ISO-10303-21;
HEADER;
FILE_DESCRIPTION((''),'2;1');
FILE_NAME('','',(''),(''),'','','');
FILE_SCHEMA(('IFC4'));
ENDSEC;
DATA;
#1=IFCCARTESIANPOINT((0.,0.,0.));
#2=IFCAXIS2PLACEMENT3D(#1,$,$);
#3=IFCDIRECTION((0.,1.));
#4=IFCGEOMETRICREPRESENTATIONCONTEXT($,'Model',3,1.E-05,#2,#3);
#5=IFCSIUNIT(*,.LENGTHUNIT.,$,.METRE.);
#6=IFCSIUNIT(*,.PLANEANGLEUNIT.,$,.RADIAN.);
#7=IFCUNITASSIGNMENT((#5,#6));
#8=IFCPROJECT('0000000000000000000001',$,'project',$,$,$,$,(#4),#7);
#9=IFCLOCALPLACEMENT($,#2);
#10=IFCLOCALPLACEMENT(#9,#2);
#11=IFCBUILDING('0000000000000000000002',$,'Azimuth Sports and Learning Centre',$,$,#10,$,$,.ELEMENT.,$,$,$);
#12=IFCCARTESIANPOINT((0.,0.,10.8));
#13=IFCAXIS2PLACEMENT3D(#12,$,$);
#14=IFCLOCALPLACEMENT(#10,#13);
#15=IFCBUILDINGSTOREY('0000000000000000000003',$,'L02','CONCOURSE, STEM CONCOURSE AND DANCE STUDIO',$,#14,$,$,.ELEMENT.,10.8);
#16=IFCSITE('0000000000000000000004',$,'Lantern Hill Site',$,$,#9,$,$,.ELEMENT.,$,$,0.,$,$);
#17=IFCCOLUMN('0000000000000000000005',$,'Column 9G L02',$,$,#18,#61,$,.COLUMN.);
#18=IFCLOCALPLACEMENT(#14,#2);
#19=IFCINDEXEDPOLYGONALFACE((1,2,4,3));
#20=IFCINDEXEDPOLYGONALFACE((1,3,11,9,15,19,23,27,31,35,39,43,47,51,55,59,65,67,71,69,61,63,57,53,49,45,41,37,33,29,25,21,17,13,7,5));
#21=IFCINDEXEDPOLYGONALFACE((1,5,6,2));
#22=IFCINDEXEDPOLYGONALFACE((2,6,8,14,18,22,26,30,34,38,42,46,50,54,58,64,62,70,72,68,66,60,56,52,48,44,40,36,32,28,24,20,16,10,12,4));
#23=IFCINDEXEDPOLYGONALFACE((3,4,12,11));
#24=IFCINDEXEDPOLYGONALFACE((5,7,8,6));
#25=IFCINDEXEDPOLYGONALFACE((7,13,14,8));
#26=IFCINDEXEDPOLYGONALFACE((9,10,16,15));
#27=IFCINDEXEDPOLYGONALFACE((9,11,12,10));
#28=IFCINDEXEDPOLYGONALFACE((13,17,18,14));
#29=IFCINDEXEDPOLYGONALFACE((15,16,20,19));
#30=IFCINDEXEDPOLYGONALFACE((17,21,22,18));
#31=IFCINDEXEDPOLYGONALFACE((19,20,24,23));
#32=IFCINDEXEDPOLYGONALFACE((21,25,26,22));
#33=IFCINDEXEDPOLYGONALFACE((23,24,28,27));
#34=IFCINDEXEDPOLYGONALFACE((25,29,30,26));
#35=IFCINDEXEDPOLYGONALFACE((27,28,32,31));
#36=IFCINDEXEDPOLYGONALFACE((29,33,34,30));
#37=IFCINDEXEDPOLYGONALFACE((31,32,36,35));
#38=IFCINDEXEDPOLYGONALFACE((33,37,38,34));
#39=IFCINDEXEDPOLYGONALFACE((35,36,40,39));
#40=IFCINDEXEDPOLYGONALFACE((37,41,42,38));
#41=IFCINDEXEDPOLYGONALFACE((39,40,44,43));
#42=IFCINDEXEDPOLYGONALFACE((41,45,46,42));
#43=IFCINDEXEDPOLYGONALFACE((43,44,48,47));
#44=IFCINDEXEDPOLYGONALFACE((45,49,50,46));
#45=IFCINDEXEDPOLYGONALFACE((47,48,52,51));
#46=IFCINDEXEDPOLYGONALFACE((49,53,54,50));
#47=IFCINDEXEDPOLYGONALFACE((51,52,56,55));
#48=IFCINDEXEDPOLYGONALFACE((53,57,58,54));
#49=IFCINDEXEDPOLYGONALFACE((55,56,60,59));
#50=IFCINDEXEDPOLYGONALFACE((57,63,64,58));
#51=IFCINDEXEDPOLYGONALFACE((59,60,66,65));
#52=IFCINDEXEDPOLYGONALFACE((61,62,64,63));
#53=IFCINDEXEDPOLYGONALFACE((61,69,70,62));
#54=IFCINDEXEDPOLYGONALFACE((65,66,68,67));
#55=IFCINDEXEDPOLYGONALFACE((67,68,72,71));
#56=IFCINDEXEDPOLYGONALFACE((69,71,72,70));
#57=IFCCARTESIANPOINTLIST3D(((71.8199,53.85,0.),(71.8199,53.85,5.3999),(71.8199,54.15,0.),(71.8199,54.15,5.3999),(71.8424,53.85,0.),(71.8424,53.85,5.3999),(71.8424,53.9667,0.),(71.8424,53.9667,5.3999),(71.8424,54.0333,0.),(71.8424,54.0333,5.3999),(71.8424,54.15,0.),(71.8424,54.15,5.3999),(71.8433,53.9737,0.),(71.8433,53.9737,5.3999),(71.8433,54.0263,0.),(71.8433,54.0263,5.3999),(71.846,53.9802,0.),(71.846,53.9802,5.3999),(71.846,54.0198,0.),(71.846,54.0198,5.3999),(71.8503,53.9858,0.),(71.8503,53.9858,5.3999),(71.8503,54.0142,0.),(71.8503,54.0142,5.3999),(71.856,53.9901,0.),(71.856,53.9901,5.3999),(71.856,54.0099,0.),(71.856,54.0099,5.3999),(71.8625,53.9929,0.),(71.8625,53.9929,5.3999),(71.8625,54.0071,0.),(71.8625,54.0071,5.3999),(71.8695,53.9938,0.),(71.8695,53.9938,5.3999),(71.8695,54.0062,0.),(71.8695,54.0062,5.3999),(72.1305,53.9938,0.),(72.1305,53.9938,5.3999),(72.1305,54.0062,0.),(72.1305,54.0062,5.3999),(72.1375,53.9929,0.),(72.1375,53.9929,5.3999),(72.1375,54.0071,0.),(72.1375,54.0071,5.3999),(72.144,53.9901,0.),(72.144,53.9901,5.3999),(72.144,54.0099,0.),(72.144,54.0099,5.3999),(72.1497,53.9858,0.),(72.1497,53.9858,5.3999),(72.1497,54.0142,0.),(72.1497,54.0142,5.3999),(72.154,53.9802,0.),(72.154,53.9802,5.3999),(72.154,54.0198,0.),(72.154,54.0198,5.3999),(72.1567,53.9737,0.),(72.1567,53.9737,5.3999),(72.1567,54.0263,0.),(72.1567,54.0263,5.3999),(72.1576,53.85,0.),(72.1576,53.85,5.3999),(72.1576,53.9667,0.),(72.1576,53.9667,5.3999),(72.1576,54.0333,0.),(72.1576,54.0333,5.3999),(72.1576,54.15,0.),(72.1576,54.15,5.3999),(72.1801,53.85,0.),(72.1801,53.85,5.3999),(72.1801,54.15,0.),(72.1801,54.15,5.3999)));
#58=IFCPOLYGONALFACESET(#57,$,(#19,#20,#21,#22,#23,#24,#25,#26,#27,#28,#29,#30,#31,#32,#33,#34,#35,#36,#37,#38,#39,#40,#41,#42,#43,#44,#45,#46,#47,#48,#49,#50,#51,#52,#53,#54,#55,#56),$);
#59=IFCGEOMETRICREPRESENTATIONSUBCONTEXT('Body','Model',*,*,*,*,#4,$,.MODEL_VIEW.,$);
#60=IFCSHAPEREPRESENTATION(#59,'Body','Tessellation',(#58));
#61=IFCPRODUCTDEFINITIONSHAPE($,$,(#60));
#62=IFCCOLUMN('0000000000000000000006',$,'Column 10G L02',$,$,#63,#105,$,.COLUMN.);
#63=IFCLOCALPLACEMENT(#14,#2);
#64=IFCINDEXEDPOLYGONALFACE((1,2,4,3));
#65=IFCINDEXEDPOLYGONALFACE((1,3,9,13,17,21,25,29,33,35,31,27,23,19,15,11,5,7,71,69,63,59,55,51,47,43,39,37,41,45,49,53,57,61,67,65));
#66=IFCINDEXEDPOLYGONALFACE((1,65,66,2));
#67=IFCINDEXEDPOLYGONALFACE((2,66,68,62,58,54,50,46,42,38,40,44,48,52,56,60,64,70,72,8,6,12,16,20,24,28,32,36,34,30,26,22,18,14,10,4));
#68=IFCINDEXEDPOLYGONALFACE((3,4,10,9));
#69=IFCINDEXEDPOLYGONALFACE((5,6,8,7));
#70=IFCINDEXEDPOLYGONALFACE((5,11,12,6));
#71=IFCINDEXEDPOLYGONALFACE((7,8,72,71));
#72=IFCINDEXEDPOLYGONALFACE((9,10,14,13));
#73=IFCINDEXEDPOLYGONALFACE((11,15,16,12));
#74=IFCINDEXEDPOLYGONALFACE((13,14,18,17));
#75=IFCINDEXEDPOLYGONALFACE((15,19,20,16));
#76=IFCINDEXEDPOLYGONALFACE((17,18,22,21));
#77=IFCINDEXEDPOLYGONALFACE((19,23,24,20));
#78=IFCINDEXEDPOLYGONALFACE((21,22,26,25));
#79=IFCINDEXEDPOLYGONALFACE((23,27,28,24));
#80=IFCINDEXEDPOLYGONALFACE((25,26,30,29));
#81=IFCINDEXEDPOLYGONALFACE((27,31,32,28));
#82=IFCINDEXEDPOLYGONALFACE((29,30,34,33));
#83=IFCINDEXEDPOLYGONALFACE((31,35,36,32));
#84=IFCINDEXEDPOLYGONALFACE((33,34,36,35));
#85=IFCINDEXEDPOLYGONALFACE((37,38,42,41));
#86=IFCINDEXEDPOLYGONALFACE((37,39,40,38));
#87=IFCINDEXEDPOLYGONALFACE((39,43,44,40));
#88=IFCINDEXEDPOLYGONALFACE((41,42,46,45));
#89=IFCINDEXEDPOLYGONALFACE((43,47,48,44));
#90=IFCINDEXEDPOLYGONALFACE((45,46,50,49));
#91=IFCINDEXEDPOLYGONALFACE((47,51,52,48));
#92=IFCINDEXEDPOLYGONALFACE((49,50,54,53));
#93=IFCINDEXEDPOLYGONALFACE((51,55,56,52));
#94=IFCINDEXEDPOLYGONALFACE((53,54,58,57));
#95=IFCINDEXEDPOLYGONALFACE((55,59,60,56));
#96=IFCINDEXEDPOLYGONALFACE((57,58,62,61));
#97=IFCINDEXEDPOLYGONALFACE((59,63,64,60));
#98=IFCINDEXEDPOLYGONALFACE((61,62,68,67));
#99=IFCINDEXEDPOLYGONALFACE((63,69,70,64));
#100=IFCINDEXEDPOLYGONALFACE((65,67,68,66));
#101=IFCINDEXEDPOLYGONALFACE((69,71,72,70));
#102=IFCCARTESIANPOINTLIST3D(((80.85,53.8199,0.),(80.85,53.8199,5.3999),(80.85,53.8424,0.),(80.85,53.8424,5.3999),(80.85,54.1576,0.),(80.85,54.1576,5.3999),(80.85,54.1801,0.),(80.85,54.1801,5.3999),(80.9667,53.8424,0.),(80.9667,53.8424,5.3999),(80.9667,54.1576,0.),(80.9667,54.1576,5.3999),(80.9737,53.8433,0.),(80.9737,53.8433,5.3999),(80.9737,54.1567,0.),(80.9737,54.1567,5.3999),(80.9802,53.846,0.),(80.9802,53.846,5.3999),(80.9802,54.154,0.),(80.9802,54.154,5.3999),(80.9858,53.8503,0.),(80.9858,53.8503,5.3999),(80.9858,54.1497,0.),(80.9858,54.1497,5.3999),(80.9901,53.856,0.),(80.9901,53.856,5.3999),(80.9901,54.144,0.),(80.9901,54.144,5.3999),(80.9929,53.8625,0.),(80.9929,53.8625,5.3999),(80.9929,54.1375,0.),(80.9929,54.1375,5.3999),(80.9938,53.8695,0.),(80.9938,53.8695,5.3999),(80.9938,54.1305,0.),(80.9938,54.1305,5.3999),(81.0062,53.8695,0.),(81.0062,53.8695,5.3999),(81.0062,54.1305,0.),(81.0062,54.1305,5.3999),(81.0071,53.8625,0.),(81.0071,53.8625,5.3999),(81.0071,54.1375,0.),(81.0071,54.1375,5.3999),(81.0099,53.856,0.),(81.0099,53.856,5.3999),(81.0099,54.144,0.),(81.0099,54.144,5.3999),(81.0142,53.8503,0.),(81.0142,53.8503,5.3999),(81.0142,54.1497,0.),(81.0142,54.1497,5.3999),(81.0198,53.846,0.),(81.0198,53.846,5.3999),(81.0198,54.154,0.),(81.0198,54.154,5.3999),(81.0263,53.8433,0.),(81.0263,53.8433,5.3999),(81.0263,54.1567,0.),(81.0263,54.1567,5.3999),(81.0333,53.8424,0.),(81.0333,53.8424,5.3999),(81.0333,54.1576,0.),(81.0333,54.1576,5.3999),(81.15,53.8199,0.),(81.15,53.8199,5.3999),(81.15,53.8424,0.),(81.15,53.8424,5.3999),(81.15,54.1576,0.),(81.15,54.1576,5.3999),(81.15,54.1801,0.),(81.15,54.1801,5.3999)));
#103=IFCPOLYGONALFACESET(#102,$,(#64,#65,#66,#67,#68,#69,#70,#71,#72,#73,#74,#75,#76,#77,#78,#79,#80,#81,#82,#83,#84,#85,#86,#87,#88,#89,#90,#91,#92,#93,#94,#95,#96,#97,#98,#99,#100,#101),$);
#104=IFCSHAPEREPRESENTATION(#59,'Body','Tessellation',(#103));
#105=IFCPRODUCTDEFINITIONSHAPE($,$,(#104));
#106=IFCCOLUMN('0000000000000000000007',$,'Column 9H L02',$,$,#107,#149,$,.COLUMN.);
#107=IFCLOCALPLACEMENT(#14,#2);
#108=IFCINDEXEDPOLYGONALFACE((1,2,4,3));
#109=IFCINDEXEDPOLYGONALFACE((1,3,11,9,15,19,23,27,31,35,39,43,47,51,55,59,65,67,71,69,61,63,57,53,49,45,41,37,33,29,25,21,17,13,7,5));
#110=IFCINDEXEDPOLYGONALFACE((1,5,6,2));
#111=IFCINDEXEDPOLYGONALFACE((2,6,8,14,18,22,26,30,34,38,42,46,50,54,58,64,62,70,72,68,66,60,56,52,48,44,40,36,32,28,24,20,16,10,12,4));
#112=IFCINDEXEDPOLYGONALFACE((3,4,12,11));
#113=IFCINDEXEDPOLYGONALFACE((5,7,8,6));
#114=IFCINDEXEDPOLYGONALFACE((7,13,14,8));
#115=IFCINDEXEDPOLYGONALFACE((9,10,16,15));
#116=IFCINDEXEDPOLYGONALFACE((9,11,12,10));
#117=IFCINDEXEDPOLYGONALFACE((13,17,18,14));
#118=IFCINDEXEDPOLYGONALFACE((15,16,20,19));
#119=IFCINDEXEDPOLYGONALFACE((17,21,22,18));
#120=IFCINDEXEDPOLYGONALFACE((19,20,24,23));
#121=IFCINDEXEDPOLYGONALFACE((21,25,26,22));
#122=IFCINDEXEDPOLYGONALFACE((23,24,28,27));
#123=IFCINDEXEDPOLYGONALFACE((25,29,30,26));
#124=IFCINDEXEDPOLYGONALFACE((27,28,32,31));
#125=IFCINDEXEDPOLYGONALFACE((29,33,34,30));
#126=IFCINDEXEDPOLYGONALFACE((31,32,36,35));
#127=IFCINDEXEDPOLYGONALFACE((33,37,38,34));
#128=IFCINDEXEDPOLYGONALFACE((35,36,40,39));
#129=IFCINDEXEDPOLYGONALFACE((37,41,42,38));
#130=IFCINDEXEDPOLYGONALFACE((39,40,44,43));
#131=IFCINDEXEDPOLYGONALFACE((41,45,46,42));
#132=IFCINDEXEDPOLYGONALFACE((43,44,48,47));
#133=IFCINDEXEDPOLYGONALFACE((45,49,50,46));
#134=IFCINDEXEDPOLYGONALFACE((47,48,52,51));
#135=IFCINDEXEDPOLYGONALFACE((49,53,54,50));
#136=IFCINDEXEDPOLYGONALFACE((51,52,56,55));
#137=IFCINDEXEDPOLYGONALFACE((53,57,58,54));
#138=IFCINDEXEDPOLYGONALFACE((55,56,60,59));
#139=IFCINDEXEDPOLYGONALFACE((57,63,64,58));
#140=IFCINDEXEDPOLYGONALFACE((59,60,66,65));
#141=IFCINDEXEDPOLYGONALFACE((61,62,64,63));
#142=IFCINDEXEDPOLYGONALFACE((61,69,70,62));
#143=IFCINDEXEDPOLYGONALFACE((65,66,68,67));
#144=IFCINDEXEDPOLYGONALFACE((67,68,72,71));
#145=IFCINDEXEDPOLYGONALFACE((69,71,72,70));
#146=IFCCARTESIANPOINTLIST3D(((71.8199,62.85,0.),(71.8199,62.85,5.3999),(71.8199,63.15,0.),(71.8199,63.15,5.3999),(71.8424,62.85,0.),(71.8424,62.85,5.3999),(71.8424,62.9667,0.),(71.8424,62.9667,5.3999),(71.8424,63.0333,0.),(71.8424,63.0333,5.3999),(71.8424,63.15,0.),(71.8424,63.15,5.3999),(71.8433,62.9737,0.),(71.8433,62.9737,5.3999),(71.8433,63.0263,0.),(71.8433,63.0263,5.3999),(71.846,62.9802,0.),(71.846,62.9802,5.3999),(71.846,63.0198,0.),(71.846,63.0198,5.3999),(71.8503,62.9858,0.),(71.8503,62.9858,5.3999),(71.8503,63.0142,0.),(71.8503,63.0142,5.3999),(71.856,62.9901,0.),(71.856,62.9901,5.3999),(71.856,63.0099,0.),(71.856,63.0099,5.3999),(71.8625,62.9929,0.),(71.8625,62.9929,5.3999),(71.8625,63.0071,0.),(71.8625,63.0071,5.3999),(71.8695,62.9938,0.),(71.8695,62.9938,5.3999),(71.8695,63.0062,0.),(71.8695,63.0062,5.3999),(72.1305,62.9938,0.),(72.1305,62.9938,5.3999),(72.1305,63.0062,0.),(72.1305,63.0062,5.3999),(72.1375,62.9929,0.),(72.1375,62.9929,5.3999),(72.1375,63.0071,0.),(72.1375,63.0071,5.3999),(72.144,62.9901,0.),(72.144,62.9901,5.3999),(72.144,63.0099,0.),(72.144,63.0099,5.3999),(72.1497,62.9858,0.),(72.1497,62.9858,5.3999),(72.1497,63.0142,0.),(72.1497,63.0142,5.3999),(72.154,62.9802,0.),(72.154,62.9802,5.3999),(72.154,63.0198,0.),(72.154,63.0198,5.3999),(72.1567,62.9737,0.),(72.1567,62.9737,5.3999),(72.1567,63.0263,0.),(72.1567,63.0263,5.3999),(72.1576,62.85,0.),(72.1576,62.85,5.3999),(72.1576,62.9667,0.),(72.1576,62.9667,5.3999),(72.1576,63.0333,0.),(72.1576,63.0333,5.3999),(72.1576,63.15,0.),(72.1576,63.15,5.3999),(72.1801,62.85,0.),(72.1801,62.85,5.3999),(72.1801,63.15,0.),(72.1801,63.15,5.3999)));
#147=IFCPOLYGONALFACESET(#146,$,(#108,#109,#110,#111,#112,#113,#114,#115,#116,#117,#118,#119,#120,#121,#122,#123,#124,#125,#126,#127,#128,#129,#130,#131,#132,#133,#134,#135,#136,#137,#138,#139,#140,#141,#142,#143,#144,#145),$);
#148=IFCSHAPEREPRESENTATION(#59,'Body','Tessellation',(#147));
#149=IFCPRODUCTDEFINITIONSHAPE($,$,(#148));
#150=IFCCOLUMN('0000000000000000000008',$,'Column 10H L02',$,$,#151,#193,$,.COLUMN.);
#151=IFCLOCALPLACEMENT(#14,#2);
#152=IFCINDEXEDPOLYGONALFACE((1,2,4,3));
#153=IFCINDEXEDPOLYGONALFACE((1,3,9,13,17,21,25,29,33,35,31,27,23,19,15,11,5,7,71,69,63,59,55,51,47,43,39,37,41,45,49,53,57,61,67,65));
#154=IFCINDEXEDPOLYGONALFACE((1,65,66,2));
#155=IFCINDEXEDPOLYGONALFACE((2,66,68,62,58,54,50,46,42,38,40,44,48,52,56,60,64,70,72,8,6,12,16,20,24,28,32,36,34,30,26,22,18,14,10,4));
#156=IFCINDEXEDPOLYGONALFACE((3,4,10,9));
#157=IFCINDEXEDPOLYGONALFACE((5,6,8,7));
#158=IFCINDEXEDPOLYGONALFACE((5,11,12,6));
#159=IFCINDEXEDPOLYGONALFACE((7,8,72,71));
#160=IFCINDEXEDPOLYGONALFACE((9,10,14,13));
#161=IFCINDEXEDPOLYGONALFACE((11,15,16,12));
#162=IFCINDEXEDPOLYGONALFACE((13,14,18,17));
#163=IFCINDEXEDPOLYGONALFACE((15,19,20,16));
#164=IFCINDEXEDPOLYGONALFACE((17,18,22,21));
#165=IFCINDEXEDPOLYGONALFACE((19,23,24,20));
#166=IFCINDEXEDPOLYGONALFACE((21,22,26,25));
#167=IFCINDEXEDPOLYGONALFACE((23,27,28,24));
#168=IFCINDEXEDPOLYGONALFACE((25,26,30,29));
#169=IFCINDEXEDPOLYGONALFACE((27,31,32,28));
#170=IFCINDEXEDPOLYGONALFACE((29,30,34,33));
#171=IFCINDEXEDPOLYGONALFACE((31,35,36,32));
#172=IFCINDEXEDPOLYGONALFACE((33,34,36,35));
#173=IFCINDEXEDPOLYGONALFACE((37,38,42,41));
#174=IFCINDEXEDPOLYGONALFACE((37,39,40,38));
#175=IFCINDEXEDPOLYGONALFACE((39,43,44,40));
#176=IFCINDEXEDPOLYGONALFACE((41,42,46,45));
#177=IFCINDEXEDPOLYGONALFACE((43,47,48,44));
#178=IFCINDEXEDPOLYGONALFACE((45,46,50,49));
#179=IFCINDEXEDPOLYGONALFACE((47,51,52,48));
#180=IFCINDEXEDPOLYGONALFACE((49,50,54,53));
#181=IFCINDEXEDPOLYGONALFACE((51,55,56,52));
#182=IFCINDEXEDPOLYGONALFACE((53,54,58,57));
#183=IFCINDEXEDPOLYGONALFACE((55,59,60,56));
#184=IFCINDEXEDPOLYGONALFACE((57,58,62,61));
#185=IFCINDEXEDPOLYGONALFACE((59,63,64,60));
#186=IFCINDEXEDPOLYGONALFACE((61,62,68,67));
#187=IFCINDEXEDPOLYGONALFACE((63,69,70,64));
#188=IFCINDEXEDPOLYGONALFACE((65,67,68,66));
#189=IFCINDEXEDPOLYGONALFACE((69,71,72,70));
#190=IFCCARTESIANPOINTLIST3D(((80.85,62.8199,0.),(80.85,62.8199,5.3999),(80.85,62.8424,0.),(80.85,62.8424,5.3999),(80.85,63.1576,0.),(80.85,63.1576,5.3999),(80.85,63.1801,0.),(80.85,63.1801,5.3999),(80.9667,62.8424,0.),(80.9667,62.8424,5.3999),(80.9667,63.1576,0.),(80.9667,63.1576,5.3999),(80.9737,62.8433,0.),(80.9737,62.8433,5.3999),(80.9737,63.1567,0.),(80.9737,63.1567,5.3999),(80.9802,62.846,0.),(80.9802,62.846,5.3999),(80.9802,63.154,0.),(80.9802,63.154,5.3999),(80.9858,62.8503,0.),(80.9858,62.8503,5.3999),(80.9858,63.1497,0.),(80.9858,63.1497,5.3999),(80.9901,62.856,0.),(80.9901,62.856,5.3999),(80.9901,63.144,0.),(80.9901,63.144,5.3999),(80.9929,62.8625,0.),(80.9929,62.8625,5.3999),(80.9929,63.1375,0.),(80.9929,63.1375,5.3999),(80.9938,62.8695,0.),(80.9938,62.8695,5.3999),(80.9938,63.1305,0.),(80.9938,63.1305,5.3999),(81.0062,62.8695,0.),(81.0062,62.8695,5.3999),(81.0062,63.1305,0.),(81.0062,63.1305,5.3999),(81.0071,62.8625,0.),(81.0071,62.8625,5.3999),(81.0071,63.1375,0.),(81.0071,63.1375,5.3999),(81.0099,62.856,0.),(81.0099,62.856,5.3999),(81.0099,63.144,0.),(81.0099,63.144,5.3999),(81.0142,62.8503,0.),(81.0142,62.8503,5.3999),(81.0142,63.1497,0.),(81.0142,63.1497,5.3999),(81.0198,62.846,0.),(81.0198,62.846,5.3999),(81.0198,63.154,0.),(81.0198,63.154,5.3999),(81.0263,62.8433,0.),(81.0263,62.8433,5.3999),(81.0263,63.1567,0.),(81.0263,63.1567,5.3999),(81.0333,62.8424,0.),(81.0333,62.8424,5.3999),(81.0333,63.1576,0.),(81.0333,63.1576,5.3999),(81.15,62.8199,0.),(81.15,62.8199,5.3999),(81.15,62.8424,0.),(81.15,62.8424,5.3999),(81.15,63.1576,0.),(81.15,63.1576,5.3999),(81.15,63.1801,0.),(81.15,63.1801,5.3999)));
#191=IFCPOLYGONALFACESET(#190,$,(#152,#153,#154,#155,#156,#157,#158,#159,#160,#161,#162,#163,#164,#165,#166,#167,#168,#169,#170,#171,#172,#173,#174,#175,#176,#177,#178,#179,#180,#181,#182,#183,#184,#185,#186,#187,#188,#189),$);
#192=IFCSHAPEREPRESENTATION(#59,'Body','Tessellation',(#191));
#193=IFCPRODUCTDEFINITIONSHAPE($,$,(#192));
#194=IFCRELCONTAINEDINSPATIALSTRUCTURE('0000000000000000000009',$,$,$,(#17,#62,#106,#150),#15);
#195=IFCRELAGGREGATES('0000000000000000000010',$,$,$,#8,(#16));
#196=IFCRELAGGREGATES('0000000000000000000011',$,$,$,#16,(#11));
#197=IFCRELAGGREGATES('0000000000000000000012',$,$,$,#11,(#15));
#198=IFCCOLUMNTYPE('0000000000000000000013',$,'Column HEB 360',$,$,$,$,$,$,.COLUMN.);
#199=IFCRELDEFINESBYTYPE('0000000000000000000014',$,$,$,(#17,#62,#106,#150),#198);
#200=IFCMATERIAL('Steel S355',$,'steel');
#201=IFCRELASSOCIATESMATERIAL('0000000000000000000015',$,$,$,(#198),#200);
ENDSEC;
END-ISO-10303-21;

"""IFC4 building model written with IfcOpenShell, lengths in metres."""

from ifc_helpers import new_model, si_unit, direction, frame, origin, origin_2d, place, context, subcontext, project, spatial, i_section, extrude, material, material_profile, profile_set, type_object, element, save


model = new_model("IFC4")

# Units and contexts
model_context = context("Model", 3, precision=1e-05, world=origin(), true_north=direction((0.0, 1.0)))
body_context = subcontext(model_context, "Body", "Model", "MODEL_VIEW")
ifc_project = project(units=[si_unit("LENGTHUNIT", "METRE"), si_unit("PLANEANGLEUNIT", "RADIAN")], contexts=[model_context])

# Site, building, storey
site_placement = place(None, origin())
site = spatial("IfcSite", under=ifc_project, at=site_placement, Name="Lantern Hill Site", CompositionType="ELEMENT", RefElevation=0.0)
building_placement = place(site_placement, origin())
building = spatial("IfcBuilding", under=site, at=building_placement, Name="Azimuth Sports and Learning Centre", CompositionType="ELEMENT")
storey_placement = place(building_placement, frame((0.0, 0.0, 10.8)))
storey = spatial("IfcBuildingStorey", under=building, at=storey_placement, Name="L02", Description="CONCOURSE, STEM CONCOURSE AND DANCE STUDIO", CompositionType="ELEMENT", Elevation=10.8)

# Columns
ifc_material_1 = material(Name="Steel S355", Category="steel")
ifc_material_profile_1 = material_profile(ifc_material_1, i_section(OverallWidth=0.3, OverallDepth=0.3601, WebThickness=0.0125, FlangeThickness=0.0225, FilletRadius=0.0271, at=origin_2d()), Name="HEB 360")
ifc_profile_set_1 = profile_set([ifc_material_profile_1], Name="Steel S355")
column_type = type_object("IfcColumnType", Name="Column HEB 360", PredefinedType="COLUMN", material=ifc_profile_set_1)
for number, where, z_axis, x_axis, name in (
    (1, (72.0, 54.0, 0.0), (0.0, 0.0, 1.0), (0.0, 1.0, 0.0), "Column 9G L02"),
    (2, (81.0, 54.0, 0.0), (0.0, 0.0, 1.0), (1.0, 0.0, 0.0), "Column 10G L02"),
    (3, (72.0, 63.0, 0.0), (0.0, 0.0, 1.0), (0.0, 1.0, 0.0), "Column 9H L02"),
    (4, (81.0, 63.0, 0.0), (0.0, 0.0, 1.0), (1.0, 0.0, 0.0), "Column 10H L02"),
):
    element("IfcColumn", number, at=place(storey_placement, frame(where, z_axis=z_axis, x_axis=x_axis)), inside=storey, type_object=column_type, Name=name, PredefinedType="COLUMN", context=body_context, shape_type="SweptSolid", body=[
        extrude(i_section(OverallWidth=0.3, OverallDepth=0.3601, WebThickness=0.0125, FlangeThickness=0.0225, FilletRadius=0.0271, at=origin_2d()), origin(), (0.0, 0.0, 1.0), 5.3999),
    ])

save(model, "model.ifc")
